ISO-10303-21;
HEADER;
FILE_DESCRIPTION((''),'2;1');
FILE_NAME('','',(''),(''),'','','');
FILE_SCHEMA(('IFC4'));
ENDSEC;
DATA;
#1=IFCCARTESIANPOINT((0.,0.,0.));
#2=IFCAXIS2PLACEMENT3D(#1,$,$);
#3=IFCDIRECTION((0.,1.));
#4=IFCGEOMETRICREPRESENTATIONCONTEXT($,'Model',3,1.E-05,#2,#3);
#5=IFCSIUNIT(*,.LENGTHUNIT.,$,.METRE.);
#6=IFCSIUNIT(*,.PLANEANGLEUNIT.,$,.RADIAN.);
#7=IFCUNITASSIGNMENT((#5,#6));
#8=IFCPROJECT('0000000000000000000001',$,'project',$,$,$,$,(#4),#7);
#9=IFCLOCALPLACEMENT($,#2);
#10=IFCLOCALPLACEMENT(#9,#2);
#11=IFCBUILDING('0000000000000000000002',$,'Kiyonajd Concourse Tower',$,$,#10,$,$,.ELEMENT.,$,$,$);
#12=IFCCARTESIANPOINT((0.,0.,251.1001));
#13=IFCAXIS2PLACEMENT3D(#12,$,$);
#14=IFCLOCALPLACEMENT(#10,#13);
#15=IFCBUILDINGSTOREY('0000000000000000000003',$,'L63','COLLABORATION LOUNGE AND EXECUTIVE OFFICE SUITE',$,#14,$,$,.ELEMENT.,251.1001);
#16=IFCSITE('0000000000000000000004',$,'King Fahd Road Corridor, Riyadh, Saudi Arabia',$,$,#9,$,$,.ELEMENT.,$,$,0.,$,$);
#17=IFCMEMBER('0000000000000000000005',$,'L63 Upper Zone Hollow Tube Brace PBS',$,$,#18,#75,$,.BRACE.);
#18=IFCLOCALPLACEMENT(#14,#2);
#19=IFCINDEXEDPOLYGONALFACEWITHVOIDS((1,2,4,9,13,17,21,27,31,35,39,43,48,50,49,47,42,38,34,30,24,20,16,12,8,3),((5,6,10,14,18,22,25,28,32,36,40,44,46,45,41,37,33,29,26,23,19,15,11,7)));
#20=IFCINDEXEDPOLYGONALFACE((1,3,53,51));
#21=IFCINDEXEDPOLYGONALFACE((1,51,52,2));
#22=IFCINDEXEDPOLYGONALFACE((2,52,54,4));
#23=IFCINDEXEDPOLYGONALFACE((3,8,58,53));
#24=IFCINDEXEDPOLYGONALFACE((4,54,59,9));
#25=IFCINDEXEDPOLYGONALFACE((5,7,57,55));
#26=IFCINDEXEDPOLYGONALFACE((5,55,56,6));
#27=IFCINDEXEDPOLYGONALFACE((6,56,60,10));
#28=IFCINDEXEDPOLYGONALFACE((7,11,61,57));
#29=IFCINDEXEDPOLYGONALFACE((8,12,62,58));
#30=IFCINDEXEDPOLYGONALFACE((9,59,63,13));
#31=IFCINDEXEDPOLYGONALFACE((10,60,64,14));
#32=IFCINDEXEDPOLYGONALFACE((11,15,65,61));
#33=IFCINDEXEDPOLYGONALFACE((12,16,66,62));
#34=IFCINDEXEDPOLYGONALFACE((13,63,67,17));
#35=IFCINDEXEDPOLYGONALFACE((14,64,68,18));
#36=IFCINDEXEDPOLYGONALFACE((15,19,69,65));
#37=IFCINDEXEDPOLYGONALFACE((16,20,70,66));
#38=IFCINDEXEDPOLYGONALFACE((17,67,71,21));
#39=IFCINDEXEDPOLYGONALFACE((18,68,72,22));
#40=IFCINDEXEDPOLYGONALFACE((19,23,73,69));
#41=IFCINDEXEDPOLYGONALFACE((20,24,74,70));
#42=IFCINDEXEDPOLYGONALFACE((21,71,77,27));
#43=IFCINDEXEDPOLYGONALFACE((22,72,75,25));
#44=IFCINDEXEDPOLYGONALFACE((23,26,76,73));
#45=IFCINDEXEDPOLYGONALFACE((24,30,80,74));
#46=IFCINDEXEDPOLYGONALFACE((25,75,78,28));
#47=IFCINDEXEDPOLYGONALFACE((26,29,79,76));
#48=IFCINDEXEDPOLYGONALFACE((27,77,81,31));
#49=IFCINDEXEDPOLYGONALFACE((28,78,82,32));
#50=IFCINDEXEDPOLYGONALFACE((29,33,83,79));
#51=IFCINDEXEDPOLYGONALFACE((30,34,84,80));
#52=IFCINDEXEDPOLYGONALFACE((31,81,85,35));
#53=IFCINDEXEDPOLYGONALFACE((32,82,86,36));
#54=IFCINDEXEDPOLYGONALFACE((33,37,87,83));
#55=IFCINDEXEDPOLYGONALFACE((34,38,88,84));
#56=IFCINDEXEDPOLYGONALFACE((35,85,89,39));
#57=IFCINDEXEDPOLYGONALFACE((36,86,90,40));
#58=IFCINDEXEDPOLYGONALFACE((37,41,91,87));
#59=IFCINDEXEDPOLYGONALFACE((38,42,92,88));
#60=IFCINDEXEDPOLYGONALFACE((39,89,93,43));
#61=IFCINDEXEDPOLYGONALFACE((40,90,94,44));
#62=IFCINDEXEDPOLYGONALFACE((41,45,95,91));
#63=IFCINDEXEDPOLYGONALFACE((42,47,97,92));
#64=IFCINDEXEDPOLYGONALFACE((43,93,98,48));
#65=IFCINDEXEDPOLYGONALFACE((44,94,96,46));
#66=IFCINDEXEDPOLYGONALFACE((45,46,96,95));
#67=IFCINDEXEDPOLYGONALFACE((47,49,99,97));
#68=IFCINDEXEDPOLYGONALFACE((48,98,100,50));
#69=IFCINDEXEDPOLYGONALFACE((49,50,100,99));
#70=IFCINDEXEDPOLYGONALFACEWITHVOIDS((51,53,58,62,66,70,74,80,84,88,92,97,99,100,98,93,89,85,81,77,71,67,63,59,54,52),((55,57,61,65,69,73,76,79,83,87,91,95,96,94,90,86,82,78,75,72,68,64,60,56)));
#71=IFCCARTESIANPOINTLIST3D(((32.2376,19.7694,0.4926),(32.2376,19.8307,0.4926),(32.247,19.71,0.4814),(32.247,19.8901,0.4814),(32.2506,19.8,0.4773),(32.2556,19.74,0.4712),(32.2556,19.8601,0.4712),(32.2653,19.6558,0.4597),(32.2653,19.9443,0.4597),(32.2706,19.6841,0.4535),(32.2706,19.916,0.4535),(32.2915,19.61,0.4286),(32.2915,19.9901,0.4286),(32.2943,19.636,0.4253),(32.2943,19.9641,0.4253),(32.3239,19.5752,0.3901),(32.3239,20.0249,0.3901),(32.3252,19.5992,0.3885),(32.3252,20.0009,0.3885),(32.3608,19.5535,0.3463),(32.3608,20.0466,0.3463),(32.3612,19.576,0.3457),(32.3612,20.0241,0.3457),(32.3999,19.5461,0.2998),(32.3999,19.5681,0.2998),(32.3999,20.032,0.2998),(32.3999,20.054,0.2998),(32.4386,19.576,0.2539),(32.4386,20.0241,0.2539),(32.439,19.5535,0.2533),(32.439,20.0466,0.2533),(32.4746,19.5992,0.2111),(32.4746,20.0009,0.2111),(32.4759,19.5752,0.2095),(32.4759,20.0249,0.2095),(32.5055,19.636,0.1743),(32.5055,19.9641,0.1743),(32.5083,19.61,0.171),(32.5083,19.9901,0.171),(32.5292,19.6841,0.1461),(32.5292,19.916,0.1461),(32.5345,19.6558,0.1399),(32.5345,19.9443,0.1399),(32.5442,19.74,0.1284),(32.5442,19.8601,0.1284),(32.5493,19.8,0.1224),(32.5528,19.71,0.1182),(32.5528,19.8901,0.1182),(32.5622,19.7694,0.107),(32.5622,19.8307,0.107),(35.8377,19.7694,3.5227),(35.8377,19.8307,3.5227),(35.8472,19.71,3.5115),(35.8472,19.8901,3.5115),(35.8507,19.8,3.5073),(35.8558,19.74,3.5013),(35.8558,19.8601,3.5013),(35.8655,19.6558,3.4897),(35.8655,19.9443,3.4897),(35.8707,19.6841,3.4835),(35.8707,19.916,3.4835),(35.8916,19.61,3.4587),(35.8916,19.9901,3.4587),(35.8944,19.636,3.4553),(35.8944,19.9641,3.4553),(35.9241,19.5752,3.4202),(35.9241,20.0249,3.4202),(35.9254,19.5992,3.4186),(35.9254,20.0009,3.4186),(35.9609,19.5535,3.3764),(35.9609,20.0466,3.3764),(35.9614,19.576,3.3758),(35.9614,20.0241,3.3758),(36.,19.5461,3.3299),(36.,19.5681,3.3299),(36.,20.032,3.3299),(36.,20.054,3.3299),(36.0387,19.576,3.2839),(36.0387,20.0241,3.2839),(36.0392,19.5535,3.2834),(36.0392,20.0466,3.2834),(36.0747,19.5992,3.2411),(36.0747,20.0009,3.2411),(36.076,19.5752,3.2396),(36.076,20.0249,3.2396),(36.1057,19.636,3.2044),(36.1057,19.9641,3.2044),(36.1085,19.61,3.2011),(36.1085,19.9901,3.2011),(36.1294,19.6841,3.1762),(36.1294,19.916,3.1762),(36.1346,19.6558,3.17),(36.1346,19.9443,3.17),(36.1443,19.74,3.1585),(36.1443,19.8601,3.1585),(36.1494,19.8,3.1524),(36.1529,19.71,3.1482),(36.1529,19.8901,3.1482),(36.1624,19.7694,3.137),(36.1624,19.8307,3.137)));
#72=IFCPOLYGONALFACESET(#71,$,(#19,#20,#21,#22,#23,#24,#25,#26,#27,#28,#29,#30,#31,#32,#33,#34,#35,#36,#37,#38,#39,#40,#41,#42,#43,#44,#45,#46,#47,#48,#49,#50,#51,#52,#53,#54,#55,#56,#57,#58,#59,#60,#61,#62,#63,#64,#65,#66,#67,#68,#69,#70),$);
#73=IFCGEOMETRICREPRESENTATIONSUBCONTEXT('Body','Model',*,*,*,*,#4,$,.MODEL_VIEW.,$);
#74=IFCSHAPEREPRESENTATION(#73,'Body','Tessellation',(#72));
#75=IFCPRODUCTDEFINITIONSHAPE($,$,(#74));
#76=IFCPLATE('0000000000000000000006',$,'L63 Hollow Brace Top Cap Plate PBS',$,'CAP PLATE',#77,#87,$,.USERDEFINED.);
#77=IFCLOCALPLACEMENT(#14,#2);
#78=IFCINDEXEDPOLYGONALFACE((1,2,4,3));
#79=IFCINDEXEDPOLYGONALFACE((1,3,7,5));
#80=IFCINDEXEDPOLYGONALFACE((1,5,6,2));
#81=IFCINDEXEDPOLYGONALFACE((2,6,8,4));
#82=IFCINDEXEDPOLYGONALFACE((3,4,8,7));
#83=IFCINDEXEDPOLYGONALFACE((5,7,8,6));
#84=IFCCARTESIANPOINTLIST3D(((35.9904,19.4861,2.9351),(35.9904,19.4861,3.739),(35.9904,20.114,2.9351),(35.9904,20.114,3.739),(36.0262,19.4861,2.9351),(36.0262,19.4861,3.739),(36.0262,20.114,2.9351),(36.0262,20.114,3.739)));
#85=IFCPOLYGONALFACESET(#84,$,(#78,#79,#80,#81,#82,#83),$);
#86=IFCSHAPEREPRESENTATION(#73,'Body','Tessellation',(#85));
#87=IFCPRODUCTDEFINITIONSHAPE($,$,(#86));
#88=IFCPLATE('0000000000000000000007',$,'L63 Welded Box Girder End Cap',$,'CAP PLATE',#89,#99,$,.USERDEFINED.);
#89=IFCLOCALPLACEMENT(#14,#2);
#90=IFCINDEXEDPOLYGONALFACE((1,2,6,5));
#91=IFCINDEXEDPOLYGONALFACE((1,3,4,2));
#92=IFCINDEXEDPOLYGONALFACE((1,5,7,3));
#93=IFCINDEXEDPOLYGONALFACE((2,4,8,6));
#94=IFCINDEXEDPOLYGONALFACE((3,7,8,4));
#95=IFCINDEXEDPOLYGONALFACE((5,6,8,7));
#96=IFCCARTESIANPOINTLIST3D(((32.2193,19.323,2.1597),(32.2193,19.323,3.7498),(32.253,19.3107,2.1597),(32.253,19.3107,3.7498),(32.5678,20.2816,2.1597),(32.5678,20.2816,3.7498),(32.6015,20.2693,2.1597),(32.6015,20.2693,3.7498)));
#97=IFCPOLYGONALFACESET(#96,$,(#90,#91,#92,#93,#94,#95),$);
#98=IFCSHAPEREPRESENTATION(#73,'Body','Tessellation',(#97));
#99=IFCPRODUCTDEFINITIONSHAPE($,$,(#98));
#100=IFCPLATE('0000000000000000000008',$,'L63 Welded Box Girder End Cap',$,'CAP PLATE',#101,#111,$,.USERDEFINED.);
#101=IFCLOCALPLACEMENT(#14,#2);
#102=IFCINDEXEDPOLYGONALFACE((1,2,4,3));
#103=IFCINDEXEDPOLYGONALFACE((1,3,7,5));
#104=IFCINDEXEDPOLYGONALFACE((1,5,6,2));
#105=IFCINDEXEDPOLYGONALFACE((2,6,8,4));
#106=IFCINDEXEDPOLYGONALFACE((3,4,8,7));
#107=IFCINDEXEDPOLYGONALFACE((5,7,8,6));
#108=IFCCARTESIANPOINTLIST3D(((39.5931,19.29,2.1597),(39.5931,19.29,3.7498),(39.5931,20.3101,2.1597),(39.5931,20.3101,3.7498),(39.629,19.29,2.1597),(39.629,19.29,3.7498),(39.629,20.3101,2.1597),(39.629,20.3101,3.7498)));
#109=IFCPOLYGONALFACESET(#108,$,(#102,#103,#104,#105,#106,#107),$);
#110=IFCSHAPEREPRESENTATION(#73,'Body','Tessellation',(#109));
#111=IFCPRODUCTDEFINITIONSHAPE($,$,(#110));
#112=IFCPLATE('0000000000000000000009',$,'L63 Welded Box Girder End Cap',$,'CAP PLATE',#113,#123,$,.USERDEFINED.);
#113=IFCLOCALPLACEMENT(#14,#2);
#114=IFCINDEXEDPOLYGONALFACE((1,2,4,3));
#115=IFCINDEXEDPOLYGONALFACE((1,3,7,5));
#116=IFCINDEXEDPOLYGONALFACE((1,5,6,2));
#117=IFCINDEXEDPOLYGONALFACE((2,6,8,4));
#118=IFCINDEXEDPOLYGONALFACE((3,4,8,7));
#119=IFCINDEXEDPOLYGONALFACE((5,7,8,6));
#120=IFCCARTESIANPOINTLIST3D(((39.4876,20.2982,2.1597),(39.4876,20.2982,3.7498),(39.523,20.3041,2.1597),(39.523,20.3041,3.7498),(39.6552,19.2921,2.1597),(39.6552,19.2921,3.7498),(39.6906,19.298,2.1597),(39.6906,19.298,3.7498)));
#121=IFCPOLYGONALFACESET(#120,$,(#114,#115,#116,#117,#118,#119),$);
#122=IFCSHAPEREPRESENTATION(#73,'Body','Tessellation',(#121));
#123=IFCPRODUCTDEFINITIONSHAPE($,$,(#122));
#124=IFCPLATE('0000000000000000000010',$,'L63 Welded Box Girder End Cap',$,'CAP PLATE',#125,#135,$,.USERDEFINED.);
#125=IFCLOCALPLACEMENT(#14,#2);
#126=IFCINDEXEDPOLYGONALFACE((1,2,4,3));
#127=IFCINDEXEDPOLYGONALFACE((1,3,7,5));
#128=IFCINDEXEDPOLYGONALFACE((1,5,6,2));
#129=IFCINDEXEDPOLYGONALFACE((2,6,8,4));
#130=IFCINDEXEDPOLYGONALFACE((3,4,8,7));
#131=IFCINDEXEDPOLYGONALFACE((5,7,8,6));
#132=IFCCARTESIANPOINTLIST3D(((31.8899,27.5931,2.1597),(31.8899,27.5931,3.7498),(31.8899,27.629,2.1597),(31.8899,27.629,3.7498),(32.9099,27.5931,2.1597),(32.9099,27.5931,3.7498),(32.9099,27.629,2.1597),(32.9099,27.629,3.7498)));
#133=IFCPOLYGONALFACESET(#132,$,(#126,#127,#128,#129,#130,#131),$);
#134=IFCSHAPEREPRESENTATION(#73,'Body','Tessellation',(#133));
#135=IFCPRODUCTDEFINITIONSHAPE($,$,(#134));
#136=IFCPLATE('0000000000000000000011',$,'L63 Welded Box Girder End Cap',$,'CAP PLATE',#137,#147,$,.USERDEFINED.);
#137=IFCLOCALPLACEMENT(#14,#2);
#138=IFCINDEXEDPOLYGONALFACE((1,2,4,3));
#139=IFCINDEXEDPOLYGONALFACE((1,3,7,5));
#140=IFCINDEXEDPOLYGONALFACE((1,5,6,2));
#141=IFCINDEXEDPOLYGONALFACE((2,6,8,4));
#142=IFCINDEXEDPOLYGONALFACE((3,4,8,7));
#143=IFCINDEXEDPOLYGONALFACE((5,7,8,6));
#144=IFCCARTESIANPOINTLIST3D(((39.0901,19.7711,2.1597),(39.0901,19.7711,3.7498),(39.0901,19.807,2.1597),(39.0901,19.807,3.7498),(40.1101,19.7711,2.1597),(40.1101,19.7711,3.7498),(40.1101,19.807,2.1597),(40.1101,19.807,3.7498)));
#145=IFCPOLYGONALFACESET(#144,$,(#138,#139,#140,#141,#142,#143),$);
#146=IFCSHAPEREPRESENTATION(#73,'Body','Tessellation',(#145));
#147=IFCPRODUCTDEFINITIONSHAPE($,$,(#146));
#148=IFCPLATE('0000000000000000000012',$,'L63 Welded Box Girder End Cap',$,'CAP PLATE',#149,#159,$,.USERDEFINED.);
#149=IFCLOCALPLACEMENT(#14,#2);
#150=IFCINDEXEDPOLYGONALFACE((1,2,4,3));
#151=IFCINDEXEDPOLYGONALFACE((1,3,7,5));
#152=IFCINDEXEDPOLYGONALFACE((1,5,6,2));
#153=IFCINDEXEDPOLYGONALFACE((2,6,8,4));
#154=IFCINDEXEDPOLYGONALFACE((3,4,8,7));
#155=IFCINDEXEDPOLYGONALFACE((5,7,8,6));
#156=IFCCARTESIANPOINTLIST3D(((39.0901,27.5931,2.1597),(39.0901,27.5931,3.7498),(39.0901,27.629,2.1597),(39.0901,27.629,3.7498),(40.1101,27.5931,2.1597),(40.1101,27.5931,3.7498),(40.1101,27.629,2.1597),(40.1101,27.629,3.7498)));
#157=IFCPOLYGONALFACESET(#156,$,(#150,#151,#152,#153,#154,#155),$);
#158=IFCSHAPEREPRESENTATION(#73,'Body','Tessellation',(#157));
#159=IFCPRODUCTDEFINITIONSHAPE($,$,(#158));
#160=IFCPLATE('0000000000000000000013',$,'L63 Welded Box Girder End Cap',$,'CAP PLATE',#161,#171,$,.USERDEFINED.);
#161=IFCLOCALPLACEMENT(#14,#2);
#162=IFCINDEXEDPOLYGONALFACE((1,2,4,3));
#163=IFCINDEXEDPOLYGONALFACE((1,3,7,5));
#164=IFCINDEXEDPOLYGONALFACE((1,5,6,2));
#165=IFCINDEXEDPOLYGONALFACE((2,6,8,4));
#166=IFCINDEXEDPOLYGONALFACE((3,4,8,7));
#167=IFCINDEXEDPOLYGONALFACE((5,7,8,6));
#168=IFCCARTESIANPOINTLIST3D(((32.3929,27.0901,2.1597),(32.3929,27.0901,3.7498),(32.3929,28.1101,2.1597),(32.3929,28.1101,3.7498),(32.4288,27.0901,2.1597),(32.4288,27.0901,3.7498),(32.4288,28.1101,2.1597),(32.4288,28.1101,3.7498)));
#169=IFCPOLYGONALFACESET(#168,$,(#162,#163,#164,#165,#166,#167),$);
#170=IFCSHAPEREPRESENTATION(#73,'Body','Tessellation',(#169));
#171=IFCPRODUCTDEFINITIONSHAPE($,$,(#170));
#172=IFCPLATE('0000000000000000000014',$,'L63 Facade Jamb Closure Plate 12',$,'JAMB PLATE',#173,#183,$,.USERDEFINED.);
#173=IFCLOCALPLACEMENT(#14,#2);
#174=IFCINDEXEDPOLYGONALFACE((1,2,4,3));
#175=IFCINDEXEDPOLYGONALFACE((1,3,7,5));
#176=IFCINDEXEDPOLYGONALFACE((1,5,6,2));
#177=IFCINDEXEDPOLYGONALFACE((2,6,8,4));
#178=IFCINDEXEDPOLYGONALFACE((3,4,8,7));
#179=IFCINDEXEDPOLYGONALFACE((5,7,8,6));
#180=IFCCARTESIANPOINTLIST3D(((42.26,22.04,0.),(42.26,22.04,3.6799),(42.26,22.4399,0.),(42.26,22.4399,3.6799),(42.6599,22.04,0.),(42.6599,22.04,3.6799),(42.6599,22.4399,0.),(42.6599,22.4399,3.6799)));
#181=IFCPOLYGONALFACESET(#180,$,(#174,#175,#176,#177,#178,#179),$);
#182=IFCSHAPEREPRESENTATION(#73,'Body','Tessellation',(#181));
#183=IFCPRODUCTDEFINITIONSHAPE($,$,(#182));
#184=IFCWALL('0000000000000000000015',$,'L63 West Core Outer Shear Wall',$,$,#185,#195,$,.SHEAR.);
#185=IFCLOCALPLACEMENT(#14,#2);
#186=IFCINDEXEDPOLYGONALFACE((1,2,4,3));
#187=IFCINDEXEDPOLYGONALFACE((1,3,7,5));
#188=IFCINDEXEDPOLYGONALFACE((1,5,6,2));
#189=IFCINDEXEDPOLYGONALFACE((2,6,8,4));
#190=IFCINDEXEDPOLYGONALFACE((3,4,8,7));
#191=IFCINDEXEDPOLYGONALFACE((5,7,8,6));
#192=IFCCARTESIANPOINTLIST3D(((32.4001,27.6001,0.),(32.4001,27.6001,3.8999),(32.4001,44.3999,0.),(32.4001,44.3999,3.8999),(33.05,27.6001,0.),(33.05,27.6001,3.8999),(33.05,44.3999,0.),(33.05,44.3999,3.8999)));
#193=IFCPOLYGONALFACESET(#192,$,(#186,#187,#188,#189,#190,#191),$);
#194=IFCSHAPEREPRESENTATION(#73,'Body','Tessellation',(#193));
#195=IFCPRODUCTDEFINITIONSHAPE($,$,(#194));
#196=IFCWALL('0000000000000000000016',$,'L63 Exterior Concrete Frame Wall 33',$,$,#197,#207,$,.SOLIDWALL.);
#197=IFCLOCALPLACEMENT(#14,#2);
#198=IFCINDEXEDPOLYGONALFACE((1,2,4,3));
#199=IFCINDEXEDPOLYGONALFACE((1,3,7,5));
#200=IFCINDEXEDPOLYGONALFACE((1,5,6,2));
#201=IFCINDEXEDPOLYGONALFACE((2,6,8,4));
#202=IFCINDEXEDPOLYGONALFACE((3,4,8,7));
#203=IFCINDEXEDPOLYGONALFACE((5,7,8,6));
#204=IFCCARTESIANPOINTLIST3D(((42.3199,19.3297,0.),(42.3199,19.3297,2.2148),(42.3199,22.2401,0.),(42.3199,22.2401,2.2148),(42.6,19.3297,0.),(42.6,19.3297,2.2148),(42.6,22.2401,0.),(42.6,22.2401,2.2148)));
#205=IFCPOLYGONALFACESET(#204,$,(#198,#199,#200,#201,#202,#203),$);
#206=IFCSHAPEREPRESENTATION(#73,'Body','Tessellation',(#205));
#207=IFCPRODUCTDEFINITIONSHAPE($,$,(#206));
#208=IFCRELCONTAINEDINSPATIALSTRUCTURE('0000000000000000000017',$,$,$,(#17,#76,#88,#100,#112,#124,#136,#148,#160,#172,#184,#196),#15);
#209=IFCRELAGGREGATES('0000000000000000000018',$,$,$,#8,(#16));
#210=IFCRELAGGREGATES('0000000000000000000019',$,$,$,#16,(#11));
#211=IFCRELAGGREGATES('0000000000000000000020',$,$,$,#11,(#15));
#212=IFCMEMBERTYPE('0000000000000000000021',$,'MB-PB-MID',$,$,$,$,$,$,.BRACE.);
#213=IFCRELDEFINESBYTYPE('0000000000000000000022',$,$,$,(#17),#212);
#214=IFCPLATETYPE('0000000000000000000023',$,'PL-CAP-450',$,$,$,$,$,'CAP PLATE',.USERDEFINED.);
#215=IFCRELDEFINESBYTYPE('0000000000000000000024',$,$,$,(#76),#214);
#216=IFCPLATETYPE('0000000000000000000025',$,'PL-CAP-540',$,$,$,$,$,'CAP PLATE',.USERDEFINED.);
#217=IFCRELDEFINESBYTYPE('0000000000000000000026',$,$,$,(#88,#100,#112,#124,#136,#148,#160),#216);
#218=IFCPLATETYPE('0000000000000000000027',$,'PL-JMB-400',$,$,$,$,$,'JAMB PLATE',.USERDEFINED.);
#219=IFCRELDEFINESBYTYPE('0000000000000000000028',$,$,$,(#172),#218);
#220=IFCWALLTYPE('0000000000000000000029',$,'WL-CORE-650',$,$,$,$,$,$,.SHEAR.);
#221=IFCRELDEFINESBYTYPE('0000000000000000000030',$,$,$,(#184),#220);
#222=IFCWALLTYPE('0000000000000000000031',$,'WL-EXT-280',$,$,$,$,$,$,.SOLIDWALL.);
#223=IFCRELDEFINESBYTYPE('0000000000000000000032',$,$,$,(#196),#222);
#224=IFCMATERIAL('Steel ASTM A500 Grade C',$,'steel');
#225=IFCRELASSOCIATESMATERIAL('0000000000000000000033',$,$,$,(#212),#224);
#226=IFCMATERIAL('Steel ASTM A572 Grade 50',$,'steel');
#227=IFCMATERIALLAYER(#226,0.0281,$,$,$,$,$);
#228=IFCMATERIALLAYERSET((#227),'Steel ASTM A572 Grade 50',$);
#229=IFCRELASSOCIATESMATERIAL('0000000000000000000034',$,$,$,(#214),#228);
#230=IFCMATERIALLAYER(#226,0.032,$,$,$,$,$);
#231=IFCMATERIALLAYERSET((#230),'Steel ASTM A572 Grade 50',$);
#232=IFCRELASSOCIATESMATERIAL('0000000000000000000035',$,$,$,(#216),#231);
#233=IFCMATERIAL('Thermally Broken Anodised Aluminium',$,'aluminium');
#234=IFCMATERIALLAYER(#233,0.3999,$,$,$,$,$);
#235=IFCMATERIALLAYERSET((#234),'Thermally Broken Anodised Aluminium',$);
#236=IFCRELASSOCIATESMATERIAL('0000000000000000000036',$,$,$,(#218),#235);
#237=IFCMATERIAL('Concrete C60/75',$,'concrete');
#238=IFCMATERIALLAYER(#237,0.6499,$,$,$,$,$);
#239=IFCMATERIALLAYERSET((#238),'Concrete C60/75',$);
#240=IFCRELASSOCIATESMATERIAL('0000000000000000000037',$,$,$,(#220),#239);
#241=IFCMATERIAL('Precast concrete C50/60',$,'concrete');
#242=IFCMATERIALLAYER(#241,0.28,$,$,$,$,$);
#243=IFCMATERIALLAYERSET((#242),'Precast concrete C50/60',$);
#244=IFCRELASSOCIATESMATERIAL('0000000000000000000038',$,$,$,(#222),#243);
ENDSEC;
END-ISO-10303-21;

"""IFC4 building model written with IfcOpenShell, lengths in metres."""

from ifc_helpers import new_model, si_unit, direction, frame, frame_2d, origin, origin_2d, place, context, subcontext, project, spatial, rectangle, hollow_circle, extrude, material, layer, layer_set, material_profile, profile_set, type_object, element, save


model = new_model("IFC4")

# Units and contexts
model_context = context("Model", 3, precision=1e-05, world=origin(), true_north=direction((0.0, 1.0)))
body_context = subcontext(model_context, "Body", "Model", "MODEL_VIEW")
ifc_project = project(units=[si_unit("LENGTHUNIT", "METRE"), si_unit("PLANEANGLEUNIT", "RADIAN")], contexts=[model_context])

# Site, building, storey
site_placement = place(None, origin())
site = spatial("IfcSite", under=ifc_project, at=site_placement, Name="King Fahd Road Corridor, Riyadh, Saudi Arabia", CompositionType="ELEMENT", RefElevation=0.0)
building_placement = place(site_placement, origin())
building = spatial("IfcBuilding", under=site, at=building_placement, Name="Kiyonajd Concourse Tower", CompositionType="ELEMENT")
storey_placement = place(building_placement, frame((0.0, 0.0, 251.1001)))
storey = spatial("IfcBuildingStorey", under=building, at=storey_placement, Name="L63", Description="COLLABORATION LOUNGE AND EXECUTIVE OFFICE SUITE", CompositionType="ELEMENT", Elevation=251.1001)

# Shared definitions
ifc_material_1 = material(Name="Concrete C60/75", Category="concrete")

# Shared definitions
ifc_material_2 = material(Name="Steel ASTM A572 Grade 50", Category="steel")

# Member
ifc_material_3 = material(Name="Steel ASTM A500 Grade C", Category="steel")
ifc_material_profile_1 = material_profile(ifc_material_3, hollow_circle(Radius=0.2539, WallThickness=0.022, at=origin_2d()), Name="CHS-508x22")
ifc_profile_set_1 = profile_set([ifc_material_profile_1], Name="Steel ASTM A500 Grade C")
member_type = type_object("IfcMemberType", Name="MB-PB-MID", PredefinedType="BRACE", material=ifc_profile_set_1)
member_placement = place(storey_placement, frame((32.3999, 19.8, 0.2998), z_axis=(0.765082, 0.0, 0.643933), x_axis=(0.0, 1.0, 0.0)))
element("IfcMember", 1, at=member_placement, inside=storey, type_object=member_type, Name="L63 Upper Zone Hollow Tube Brace PBS", PredefinedType="BRACE", context=body_context, shape_type="SweptSolid", body=[
    extrude(hollow_circle(Radius=0.2539, WallThickness=0.022, at=origin_2d()), origin(), (0.0, 0.0, 1.0), 4.7056),
])

# Plates
ifc_layer_1 = layer(ifc_material_2, 0.0281)
ifc_layer_set_1 = layer_set([ifc_layer_1], Name="Steel ASTM A572 Grade 50")
plate_type_1 = type_object("IfcPlateType", Name="PL-CAP-450", ElementType="CAP PLATE", PredefinedType="USERDEFINED", material=ifc_layer_set_1)
plate_1_placement = place(storey_placement, frame((36.0083, 19.8, 2.9351), z_axis=(0.0, 0.0, 1.0), x_axis=(1.0, 0.0, 0.0)))
element("IfcPlate", 2, at=plate_1_placement, inside=storey, type_object=plate_type_1, Name="L63 Hollow Brace Top Cap Plate PBS", ObjectType="CAP PLATE", PredefinedType="USERDEFINED", context=body_context, shape_type="SweptSolid", body=[
    extrude(rectangle(XDim=0.0359, YDim=0.6279, at=origin_2d()), origin(), (0.0, 0.0, 1.0), 0.804),
])
ifc_layer_2 = layer(ifc_material_2, 0.032)
ifc_layer_set_2 = layer_set([ifc_layer_2], Name="Steel ASTM A572 Grade 50")
plate_type_2 = type_object("IfcPlateType", Name="PL-CAP-540", ElementType="CAP PLATE", PredefinedType="USERDEFINED", material=ifc_layer_set_2)
for number, where, z_axis, x_axis, name in (
    (3, (32.4104, 19.7961, 2.1597), (0.0, 0.0, 1.0), (0.939812, -0.341692, 0.0), "L63 Welded Box Girder End Cap"),
    (4, (39.6111, 19.8, 2.1597), (0.0, 0.0, 1.0), (1.0, 0.0, 0.0), "L63 Welded Box Girder End Cap"),
    (5, (39.5891, 19.7981, 2.1597), (0.0, 0.0, 1.0), (-0.986401, -0.164359, 0.0), "L63 Welded Box Girder End Cap"),
    (6, (32.3999, 27.6111, 2.1597), (0.0, 0.0, 1.0), (0.0, 1.0, 0.0), "L63 Welded Box Girder End Cap"),
    (7, (39.6001, 19.7891, 2.1597), (0.0, 0.0, 1.0), (0.0, -1.0, 0.0), "L63 Welded Box Girder End Cap"),
    (8, (39.6001, 27.6111, 2.1597), (0.0, 0.0, 1.0), (0.0, 1.0, 0.0), "L63 Welded Box Girder End Cap"),
    (9, (32.4109, 27.6001, 2.1597), (0.0, 0.0, 1.0), (1.0, 0.0, 0.0), "L63 Welded Box Girder End Cap"),
):
    element("IfcPlate", number, at=place(storey_placement, frame(where, z_axis=z_axis, x_axis=x_axis)), inside=storey, type_object=plate_type_2, Name=name, ObjectType="CAP PLATE", PredefinedType="USERDEFINED", context=body_context, shape_type="SweptSolid", body=[
        extrude(rectangle(XDim=0.0359, YDim=1.02, at=origin_2d()), origin(), (0.0, 0.0, 1.0), 1.5901),
    ])
ifc_material_4 = material(Name="Thermally Broken Anodised Aluminium", Category="aluminium")
ifc_layer_3 = layer(ifc_material_4, 0.3999)
ifc_layer_set_3 = layer_set([ifc_layer_3], Name="Thermally Broken Anodised Aluminium")
plate_type_3 = type_object("IfcPlateType", Name="PL-JMB-400", ElementType="JAMB PLATE", PredefinedType="USERDEFINED", material=ifc_layer_set_3)
plate_2_placement = place(storey_placement, frame((42.46, 22.24, 0.0), z_axis=(0.0, 0.0, 1.0), x_axis=(1.0, 0.0, 0.0)))
element("IfcPlate", 10, at=plate_2_placement, inside=storey, type_object=plate_type_3, Name="L63 Facade Jamb Closure Plate 12", ObjectType="JAMB PLATE", PredefinedType="USERDEFINED", context=body_context, shape_type="SweptSolid", body=[
    extrude(rectangle(XDim=0.3999, YDim=0.3999, at=origin_2d()), origin(), (0.0, 0.0, 1.0), 3.6799),
])

# Walls
ifc_layer_4 = layer(ifc_material_1, 0.6499)
ifc_layer_set_4 = layer_set([ifc_layer_4], Name="Concrete C60/75")
wall_type_1 = type_object("IfcWallType", Name="WL-CORE-650", PredefinedType="SHEAR", material=ifc_layer_set_4)
wall_1_placement = place(storey_placement, frame((32.7251, 27.6001, 0.0), z_axis=(0.0, 0.0, 1.0), x_axis=(0.0, 1.0, 0.0)))
element("IfcWall", 11, at=wall_1_placement, inside=storey, type_object=wall_type_1, Name="L63 West Core Outer Shear Wall", PredefinedType="SHEAR", context=body_context, shape_type="SweptSolid", body=[
    extrude(rectangle(XDim=16.7998, YDim=0.6499, at=frame_2d((8.3999, 0.0))), origin(), (0.0, 0.0, 1.0), 3.8999),
])
ifc_material_5 = material(Name="Precast concrete C50/60", Category="concrete")
ifc_layer_5 = layer(ifc_material_5, 0.28)
ifc_layer_set_5 = layer_set([ifc_layer_5], Name="Precast concrete C50/60")
wall_type_2 = type_object("IfcWallType", Name="WL-EXT-280", PredefinedType="SOLIDWALL", material=ifc_layer_set_5)
wall_2_placement = place(storey_placement, frame((42.46, 22.24, 0.0), z_axis=(0.0, 0.0, 1.0), x_axis=(0.0, -1.0, 0.0)))
element("IfcWall", 12, at=wall_2_placement, inside=storey, type_object=wall_type_2, Name="L63 Exterior Concrete Frame Wall 33", PredefinedType="SOLIDWALL", context=body_context, shape_type="SweptSolid", body=[
    extrude(rectangle(XDim=2.9104, YDim=0.28, at=frame_2d((1.4551, 0.0))), origin(), (0.0, 0.0, 1.0), 2.2148),
])

save(model, "model.ifc")
